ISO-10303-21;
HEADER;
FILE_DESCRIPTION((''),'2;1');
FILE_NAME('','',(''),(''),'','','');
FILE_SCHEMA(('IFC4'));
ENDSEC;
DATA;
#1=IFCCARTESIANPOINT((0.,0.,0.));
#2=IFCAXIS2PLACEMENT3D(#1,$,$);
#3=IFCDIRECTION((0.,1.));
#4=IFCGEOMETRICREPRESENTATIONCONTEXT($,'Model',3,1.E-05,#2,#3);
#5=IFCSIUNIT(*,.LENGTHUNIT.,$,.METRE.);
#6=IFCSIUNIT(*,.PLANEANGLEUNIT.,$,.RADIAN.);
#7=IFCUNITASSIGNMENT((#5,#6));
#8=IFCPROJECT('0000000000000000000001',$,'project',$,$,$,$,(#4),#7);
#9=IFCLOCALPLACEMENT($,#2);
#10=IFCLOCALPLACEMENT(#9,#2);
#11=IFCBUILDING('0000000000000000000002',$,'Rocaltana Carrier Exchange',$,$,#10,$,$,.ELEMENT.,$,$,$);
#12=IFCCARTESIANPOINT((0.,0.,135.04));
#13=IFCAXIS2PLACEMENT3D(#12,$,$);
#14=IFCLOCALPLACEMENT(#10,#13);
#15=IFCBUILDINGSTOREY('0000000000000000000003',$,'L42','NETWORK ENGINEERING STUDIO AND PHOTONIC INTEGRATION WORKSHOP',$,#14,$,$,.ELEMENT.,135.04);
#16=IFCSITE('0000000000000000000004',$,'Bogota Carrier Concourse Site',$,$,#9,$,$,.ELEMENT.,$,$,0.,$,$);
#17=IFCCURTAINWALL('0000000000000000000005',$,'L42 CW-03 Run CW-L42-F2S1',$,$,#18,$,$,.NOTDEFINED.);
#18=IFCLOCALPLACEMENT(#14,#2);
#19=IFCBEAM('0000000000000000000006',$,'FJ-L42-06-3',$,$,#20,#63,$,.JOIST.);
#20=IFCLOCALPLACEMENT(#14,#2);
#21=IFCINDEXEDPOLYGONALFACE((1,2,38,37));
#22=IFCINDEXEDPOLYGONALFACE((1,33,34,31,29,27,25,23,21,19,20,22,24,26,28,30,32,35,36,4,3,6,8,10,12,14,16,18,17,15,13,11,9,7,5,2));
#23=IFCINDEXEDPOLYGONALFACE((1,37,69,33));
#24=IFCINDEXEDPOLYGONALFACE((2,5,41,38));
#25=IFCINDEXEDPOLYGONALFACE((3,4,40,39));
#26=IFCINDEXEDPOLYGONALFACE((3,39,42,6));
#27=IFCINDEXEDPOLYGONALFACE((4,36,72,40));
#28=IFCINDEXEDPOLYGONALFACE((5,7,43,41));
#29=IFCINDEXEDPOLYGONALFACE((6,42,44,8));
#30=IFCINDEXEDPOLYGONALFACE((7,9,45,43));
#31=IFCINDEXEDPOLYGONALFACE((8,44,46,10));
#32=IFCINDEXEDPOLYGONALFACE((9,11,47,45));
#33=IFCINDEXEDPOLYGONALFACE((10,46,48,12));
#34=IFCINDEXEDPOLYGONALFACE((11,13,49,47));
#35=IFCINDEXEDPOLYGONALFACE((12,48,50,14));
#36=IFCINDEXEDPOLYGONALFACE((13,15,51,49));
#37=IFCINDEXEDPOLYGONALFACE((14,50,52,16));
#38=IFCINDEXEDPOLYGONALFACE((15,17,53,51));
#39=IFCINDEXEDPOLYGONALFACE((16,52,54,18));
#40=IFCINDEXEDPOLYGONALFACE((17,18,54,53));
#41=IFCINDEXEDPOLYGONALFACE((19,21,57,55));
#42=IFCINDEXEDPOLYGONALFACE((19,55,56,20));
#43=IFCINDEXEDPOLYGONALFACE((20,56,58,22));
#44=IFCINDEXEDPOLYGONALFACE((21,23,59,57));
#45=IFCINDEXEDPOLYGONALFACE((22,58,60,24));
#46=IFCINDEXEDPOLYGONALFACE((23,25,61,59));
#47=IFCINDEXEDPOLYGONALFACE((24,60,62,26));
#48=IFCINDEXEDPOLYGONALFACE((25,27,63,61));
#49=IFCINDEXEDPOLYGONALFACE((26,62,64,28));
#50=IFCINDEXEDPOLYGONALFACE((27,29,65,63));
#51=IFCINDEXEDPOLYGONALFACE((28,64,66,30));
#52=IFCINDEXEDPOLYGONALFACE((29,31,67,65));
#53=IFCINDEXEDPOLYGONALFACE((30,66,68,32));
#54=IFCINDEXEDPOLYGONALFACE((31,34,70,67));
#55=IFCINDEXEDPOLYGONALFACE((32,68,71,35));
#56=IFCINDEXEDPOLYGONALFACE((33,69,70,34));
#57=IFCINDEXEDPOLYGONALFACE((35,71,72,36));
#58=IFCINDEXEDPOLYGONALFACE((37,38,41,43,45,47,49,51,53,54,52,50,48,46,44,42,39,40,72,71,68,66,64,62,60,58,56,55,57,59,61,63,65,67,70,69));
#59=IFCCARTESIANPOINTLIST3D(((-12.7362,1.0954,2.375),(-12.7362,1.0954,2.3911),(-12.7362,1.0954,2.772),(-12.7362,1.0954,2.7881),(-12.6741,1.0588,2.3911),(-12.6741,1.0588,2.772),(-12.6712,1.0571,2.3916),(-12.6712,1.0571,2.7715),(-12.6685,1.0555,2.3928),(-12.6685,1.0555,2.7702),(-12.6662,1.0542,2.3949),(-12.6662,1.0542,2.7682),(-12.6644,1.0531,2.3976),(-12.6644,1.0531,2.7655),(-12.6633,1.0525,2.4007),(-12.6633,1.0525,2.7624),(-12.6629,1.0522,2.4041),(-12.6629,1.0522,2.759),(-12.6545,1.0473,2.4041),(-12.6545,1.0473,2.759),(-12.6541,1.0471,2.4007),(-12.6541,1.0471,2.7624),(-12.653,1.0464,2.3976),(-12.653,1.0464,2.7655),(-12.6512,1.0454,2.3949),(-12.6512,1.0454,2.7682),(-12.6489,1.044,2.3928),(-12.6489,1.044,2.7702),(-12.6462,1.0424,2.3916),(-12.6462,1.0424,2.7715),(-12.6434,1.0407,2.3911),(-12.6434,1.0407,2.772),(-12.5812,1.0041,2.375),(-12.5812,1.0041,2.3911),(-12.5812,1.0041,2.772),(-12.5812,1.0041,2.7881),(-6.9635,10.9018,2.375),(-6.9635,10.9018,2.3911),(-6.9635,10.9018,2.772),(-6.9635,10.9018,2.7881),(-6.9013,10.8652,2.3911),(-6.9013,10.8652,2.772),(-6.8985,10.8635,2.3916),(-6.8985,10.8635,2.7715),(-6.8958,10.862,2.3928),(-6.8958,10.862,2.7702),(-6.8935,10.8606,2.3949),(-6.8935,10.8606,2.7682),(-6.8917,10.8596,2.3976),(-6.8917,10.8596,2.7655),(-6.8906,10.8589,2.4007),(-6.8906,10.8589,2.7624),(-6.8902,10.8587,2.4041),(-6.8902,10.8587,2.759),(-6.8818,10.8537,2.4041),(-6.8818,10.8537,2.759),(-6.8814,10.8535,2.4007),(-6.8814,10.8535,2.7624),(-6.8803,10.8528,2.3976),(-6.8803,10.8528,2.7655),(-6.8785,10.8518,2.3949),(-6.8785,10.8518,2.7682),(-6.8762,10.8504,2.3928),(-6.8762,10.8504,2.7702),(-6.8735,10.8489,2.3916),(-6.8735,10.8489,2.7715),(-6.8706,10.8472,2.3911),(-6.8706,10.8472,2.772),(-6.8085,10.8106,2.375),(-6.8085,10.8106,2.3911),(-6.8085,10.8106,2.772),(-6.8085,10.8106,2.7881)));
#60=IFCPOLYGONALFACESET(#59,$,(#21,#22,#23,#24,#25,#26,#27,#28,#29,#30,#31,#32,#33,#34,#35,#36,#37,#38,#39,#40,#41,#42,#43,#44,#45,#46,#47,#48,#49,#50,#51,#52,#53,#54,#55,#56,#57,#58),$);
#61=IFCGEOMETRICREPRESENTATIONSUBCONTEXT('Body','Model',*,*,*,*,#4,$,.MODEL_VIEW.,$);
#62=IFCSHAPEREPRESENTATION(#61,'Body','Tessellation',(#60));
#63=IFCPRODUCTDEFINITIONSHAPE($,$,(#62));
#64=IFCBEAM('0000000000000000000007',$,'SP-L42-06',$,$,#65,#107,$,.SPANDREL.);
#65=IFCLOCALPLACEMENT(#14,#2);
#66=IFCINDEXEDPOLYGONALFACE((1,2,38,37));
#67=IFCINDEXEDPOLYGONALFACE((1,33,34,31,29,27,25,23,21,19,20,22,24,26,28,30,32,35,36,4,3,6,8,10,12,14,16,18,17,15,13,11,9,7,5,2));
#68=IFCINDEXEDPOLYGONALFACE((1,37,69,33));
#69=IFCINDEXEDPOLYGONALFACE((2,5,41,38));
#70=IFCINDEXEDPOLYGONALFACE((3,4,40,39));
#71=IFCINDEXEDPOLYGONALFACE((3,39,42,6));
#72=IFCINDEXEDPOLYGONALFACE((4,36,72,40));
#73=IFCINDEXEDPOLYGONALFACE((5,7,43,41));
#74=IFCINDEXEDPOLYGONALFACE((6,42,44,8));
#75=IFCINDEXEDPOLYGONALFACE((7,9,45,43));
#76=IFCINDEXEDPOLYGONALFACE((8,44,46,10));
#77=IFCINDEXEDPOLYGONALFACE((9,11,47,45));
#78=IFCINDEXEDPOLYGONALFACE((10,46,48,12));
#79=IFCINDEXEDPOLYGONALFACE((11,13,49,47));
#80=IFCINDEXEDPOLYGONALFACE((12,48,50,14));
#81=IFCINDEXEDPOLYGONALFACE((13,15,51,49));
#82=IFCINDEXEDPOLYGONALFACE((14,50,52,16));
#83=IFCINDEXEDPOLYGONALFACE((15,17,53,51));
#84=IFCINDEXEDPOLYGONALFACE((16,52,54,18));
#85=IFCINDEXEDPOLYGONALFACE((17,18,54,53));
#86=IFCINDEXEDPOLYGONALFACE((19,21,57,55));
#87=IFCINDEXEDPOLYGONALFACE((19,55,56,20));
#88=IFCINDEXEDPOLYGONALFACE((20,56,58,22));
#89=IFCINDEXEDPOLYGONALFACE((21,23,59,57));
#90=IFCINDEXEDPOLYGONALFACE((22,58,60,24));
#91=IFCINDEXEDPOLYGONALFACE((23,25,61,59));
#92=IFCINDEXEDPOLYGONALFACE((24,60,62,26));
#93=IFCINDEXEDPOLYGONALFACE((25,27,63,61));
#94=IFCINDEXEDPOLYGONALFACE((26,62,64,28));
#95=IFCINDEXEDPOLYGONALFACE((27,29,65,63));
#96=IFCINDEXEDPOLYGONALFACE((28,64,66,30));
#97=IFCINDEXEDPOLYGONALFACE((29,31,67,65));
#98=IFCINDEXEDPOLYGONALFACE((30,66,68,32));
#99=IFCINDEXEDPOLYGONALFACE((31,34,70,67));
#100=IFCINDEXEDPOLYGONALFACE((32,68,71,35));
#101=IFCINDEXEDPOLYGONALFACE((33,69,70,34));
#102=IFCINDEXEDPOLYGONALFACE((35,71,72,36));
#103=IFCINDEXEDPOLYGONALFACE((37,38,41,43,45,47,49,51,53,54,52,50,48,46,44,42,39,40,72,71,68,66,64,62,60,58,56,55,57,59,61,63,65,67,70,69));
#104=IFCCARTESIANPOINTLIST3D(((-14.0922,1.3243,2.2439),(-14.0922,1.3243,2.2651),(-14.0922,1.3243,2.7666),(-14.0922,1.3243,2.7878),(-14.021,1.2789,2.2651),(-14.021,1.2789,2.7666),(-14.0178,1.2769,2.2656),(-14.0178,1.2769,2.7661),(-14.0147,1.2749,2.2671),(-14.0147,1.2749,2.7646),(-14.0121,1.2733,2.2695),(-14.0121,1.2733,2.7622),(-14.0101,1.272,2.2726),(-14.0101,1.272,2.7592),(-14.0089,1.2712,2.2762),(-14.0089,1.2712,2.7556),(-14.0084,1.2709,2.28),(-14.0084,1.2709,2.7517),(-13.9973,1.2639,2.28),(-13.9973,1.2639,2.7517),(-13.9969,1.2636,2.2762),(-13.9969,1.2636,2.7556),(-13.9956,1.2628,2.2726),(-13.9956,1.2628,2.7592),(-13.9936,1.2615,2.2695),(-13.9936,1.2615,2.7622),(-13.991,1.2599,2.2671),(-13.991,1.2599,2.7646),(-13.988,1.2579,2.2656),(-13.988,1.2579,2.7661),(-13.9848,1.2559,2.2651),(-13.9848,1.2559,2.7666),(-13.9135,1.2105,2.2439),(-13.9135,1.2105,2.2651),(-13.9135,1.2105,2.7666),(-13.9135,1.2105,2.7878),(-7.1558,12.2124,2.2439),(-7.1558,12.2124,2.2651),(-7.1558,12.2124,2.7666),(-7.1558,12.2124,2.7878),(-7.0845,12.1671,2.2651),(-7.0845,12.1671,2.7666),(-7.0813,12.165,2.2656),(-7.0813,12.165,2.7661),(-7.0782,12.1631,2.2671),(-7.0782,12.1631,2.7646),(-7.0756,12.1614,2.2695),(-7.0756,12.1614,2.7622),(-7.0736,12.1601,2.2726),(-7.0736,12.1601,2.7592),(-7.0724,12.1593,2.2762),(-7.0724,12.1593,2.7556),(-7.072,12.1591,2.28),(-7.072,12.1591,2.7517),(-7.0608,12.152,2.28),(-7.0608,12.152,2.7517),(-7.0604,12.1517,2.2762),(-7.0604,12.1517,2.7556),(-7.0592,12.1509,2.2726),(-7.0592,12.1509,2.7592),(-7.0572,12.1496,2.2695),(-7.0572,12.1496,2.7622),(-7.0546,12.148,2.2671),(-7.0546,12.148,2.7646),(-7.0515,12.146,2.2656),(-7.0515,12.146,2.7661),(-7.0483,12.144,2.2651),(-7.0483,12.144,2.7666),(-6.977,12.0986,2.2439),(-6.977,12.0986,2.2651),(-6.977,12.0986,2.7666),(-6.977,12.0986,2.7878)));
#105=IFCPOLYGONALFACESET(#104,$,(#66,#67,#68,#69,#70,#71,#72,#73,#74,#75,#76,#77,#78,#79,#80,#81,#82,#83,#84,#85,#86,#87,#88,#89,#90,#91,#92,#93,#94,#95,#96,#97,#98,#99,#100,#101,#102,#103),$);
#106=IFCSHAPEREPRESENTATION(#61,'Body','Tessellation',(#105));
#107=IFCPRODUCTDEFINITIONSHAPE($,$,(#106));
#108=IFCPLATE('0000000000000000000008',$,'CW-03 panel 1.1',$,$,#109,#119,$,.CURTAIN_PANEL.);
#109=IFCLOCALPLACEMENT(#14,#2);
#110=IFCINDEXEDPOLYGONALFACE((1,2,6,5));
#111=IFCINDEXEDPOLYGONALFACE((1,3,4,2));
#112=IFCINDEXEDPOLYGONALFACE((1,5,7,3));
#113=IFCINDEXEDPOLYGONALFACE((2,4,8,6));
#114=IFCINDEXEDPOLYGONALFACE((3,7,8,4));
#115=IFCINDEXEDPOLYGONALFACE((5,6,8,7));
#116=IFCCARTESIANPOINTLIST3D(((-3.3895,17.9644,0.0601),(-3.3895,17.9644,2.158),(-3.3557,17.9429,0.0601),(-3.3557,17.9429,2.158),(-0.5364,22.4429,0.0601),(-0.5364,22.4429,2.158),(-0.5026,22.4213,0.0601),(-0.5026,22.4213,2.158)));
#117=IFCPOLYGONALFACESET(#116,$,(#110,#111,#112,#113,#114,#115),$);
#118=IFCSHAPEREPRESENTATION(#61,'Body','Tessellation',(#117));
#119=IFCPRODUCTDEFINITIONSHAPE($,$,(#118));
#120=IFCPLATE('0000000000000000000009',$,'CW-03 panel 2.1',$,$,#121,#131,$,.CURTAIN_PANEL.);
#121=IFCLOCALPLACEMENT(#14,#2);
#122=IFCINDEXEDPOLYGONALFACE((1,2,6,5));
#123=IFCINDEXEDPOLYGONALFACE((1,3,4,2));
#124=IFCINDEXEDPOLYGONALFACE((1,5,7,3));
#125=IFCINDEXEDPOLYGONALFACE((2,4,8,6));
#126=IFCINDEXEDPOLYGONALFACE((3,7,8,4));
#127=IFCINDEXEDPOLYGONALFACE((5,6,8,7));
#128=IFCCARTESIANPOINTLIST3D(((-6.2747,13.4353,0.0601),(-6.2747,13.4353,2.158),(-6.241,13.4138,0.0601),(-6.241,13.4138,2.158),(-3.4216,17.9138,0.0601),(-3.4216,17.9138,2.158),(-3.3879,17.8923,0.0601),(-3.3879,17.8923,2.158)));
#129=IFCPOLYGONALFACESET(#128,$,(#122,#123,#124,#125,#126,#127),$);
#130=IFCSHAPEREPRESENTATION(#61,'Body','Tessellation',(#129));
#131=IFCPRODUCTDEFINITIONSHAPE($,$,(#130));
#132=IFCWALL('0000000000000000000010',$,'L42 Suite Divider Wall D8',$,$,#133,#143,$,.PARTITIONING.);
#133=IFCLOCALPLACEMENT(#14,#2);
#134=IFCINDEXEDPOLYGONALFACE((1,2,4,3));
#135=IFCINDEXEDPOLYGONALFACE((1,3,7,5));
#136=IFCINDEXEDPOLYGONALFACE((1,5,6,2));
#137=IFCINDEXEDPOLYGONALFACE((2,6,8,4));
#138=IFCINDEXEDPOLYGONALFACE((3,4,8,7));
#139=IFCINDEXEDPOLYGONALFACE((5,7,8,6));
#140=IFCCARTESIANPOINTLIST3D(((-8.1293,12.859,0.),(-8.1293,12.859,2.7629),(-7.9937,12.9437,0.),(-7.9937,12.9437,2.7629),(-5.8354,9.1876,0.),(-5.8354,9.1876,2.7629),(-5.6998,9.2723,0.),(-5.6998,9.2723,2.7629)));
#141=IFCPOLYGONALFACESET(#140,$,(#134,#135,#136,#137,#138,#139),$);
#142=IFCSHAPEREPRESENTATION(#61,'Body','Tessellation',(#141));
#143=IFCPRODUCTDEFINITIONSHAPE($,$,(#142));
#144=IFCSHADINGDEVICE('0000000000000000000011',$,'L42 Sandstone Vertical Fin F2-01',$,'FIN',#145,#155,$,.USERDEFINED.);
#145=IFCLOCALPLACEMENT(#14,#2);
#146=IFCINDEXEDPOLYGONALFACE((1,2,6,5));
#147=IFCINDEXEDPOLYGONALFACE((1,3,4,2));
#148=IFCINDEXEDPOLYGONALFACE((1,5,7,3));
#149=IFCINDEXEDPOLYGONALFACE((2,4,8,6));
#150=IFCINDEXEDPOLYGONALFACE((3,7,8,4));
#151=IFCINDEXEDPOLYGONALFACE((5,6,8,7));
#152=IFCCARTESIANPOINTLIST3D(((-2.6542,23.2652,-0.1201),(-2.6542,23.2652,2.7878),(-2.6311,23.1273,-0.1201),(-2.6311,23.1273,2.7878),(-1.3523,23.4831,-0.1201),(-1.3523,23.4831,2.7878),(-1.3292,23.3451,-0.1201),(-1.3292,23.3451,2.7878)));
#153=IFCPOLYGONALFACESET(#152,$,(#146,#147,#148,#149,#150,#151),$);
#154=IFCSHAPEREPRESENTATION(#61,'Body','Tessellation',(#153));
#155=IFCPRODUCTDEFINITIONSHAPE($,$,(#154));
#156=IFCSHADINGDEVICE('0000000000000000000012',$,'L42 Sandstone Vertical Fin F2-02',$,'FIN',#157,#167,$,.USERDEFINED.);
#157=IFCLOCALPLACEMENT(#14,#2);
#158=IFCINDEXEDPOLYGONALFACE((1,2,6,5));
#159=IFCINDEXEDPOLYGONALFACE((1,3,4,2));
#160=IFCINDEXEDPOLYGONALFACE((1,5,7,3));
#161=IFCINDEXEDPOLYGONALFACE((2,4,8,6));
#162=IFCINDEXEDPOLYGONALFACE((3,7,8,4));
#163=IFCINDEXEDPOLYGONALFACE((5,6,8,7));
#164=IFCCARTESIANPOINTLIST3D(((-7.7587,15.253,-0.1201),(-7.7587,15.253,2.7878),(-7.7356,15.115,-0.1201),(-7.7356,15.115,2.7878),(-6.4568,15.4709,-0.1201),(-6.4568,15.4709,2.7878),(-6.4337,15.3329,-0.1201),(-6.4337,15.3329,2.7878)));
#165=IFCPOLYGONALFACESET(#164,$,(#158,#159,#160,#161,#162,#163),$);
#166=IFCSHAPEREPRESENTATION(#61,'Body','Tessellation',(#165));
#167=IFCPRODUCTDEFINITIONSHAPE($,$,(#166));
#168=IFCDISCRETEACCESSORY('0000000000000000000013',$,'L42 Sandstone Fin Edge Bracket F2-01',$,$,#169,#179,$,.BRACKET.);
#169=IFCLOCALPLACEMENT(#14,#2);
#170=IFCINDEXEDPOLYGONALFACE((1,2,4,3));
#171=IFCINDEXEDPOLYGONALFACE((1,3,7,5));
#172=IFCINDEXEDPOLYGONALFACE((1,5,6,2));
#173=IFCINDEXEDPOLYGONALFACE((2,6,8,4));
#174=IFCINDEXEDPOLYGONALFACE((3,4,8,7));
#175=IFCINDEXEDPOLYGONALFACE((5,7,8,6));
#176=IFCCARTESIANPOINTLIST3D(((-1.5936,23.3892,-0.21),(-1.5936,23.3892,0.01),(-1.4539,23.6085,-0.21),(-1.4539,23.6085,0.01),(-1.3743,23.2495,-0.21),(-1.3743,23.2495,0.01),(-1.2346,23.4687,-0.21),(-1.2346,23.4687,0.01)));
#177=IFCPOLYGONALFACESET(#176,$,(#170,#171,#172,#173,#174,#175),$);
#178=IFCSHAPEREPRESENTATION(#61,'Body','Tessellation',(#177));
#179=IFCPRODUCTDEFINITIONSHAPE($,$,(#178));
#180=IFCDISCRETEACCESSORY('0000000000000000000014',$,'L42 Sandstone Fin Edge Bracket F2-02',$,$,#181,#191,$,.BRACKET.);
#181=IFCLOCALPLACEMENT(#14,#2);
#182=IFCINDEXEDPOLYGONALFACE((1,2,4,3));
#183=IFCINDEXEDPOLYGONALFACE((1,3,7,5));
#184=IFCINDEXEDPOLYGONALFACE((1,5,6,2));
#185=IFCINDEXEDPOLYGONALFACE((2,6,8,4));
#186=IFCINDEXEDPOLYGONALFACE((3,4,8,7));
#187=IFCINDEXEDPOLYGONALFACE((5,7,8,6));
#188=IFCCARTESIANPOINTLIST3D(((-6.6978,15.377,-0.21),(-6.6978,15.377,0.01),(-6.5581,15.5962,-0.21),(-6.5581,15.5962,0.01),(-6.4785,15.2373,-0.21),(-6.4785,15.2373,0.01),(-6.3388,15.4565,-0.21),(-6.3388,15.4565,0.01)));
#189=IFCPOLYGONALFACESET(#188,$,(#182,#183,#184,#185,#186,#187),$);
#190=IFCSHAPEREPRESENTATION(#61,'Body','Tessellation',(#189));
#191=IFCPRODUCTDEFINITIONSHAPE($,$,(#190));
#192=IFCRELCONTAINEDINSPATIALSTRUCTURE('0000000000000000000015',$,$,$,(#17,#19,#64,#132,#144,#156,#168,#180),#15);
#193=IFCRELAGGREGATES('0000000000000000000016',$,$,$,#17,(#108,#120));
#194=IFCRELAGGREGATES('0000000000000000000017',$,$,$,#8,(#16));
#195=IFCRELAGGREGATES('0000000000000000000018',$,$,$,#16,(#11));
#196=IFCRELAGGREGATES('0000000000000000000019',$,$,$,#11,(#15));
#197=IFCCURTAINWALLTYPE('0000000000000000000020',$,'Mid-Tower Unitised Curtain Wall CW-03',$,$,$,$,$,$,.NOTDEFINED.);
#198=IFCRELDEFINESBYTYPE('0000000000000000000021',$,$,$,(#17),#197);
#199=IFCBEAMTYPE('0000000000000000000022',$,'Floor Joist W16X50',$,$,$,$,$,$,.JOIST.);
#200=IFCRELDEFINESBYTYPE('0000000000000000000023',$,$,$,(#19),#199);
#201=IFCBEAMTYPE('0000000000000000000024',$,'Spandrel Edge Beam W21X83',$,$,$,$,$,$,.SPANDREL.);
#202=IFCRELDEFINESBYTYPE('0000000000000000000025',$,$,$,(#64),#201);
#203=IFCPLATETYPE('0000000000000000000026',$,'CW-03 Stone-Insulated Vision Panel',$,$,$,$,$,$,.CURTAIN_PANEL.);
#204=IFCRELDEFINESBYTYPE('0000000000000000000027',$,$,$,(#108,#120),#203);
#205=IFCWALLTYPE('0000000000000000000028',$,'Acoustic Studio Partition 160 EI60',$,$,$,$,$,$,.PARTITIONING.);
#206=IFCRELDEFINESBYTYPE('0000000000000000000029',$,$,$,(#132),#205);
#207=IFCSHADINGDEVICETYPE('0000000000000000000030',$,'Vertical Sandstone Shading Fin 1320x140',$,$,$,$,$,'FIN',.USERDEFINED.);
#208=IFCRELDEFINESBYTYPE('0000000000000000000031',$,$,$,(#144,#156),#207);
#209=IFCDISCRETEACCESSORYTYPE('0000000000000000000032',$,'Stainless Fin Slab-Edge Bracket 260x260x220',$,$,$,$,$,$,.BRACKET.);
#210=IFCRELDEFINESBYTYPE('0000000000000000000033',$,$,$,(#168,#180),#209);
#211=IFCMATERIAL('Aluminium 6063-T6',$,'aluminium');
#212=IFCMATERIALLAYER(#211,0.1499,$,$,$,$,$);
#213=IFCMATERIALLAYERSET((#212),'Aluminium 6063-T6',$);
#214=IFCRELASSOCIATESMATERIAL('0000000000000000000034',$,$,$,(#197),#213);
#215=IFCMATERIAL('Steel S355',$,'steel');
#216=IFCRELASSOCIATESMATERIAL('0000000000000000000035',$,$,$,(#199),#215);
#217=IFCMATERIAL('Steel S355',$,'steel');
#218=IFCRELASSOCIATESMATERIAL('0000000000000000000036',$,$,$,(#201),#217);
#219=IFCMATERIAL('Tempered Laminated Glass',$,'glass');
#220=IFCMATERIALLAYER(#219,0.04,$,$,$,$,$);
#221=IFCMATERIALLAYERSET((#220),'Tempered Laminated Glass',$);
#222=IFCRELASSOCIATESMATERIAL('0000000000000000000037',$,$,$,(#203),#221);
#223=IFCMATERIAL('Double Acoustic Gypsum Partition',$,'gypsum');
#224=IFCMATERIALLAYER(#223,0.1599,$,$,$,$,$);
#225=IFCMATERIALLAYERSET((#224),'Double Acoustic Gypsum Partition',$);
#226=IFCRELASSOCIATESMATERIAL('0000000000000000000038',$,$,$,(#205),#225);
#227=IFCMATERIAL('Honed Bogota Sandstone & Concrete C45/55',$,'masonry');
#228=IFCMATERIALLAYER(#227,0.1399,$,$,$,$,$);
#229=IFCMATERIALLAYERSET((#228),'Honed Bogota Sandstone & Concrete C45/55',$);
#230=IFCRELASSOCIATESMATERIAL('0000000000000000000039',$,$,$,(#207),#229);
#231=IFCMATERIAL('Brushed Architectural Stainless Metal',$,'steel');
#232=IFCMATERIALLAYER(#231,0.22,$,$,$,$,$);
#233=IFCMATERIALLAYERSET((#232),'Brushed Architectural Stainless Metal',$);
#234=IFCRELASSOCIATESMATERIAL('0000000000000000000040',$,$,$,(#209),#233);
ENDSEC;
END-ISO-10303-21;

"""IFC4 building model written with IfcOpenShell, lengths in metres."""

from ifc_helpers import new_model, si_unit, direction, frame, frame_2d, origin, origin_2d, place, context, subcontext, project, spatial, rectangle, i_section, extrude, material, layer, layer_set, material_profile, profile_set, type_object, element, aggregate, save


model = new_model("IFC4")

# Units and contexts
model_context = context("Model", 3, precision=1e-05, world=origin(), true_north=direction((0.0, 1.0)))
body_context = subcontext(model_context, "Body", "Model", "MODEL_VIEW")
ifc_project = project(units=[si_unit("LENGTHUNIT", "METRE"), si_unit("PLANEANGLEUNIT", "RADIAN")], contexts=[model_context])

# Site, building, storey
site_placement = place(None, origin())
site = spatial("IfcSite", under=ifc_project, at=site_placement, Name="Bogota Carrier Concourse Site", CompositionType="ELEMENT", RefElevation=0.0)
building_placement = place(site_placement, origin())
building = spatial("IfcBuilding", under=site, at=building_placement, Name="Rocaltana Carrier Exchange", CompositionType="ELEMENT")
storey_placement = place(building_placement, frame((0.0, 0.0, 135.04)))
storey = spatial("IfcBuildingStorey", under=building, at=storey_placement, Name="L42", Description="NETWORK ENGINEERING STUDIO AND PHOTONIC INTEGRATION WORKSHOP", CompositionType="ELEMENT", Elevation=135.04)

# Curtain wall
ifc_material_1 = material(Name="Aluminium 6063-T6", Category="aluminium")
ifc_layer_1 = layer(ifc_material_1, 0.1499)
ifc_layer_set_1 = layer_set([ifc_layer_1], Name="Aluminium 6063-T6")
curtain_wall_type = type_object("IfcCurtainWallType", Name="Mid-Tower Unitised Curtain Wall CW-03", PredefinedType="NOTDEFINED", material=ifc_layer_set_1)
curtain_wall_1_placement = place(storey_placement, origin())
curtain_wall_1 = element("IfcCurtainWall", 1, at=curtain_wall_1_placement, inside=storey, type_object=curtain_wall_type, Name="L42 CW-03 Run CW-L42-F2S1", PredefinedType="NOTDEFINED")

# Beams
ifc_material_2 = material(Name="Steel S355", Category="steel")
ifc_material_profile_1 = material_profile(ifc_material_2, i_section(OverallWidth=0.1799, OverallDepth=0.4131, WebThickness=0.0098, FlangeThickness=0.0161, FilletRadius=0.0129, at=origin_2d()), Name="W16X50")
ifc_profile_set_1 = profile_set([ifc_material_profile_1], Name="Steel S355")
beam_type_1 = type_object("IfcBeamType", Name="Floor Joist W16X50", PredefinedType="JOIST", material=ifc_profile_set_1)
beam_1_placement = place(storey_placement, frame((-6.886, 10.8562, 2.5815), z_axis=(-0.507297, -0.861771, 0.0), x_axis=(0.861771, -0.507297, 0.0)))
element("IfcBeam", 2, at=beam_1_placement, inside=storey, type_object=beam_type_1, Name="FJ-L42-06-3", PredefinedType="JOIST", context=body_context, shape_type="SweptSolid", body=[
    extrude(i_section(OverallWidth=0.1799, OverallDepth=0.4131, WebThickness=0.0098, FlangeThickness=0.0161, FilletRadius=0.0129, at=origin_2d()), origin(), (0.0, 0.0, 1.0), 11.3794),
])
ifc_material_3 = material(Name="Steel S355", Category="steel")
ifc_material_profile_2 = material_profile(ifc_material_3, i_section(OverallWidth=0.2119, OverallDepth=0.5439, WebThickness=0.0132, FlangeThickness=0.0212, FilletRadius=0.0149, at=origin_2d()), Name="W21X83")
ifc_profile_set_2 = profile_set([ifc_material_profile_2], Name="Steel S355")
beam_type_2 = type_object("IfcBeamType", Name="Spandrel Edge Beam W21X83", PredefinedType="SPANDREL", material=ifc_profile_set_2)
beam_2_placement = place(storey_placement, frame((-7.0664, 12.1555, 2.5159), z_axis=(-0.537299, -0.843392, 0.0), x_axis=(0.843392, -0.537299, 0.0)))
element("IfcBeam", 3, at=beam_2_placement, inside=storey, type_object=beam_type_2, Name="SP-L42-06", PredefinedType="SPANDREL", context=body_context, shape_type="SweptSolid", body=[
    extrude(i_section(OverallWidth=0.2119, OverallDepth=0.5439, WebThickness=0.0132, FlangeThickness=0.0212, FilletRadius=0.0149, at=origin_2d()), origin(), (0.0, 0.0, 1.0), 12.9099),
])

# Plates
ifc_material_4 = material(Name="Tempered Laminated Glass", Category="glass")
ifc_layer_2 = layer(ifc_material_4, 0.04)
ifc_layer_set_2 = layer_set([ifc_layer_2], Name="Tempered Laminated Glass")
plate_type = type_object("IfcPlateType", Name="CW-03 Stone-Insulated Vision Panel", PredefinedType="CURTAIN_PANEL", material=ifc_layer_set_2)
plate_1_placement = place(storey_placement, frame((-1.946, 20.1929, 0.0601), z_axis=(0.0, 0.0, 1.0), x_axis=(-0.537301, -0.843391, 0.0)))
plate_1 = element("IfcPlate", 4, at=plate_1_placement, type_object=plate_type, Name="CW-03 panel 1.1", PredefinedType="CURTAIN_PANEL", context=body_context, shape_type="SweptSolid", body=[
    extrude(rectangle(XDim=5.3101, YDim=0.04, at=origin_2d()), origin(), (0.0, 0.0, 1.0), 2.0979),
])
plate_2_placement = place(storey_placement, frame((-4.8313, 15.6638, 0.0601), z_axis=(0.0, 0.0, 1.0), x_axis=(-0.537301, -0.843391, 0.0)))
plate_2 = element("IfcPlate", 5, at=plate_2_placement, type_object=plate_type, Name="CW-03 panel 2.1", PredefinedType="CURTAIN_PANEL", context=body_context, shape_type="SweptSolid", body=[
    extrude(rectangle(XDim=5.3101, YDim=0.04, at=origin_2d()), origin(), (0.0, 0.0, 1.0), 2.0979),
])
aggregate(curtain_wall_1, [plate_1, plate_2])

# Wall
ifc_material_5 = material(Name="Double Acoustic Gypsum Partition", Category="gypsum")
ifc_layer_3 = layer(ifc_material_5, 0.1599)
ifc_layer_set_3 = layer_set([ifc_layer_3], Name="Double Acoustic Gypsum Partition")
wall_type = type_object("IfcWallType", Name="Acoustic Studio Partition 160 EI60", PredefinedType="PARTITIONING", material=ifc_layer_set_3)
wall_placement = place(storey_placement, frame((-5.7676, 9.23, 0.0), z_axis=(0.0, 0.0, 1.0), x_axis=(-0.529887, 0.848068, 0.0)))
element("IfcWall", 6, at=wall_placement, inside=storey, type_object=wall_type, Name="L42 Suite Divider Wall D8", PredefinedType="PARTITIONING", context=body_context, shape_type="SweptSolid", body=[
    extrude(rectangle(XDim=4.3291, YDim=0.1599, at=frame_2d((2.1646, 0.0))), origin(), (0.0, 0.0, 1.0), 2.7629),
])

# Shading devices
ifc_material_6 = material(Name="Honed Bogota Sandstone & Concrete C45/55", Category="masonry")
ifc_layer_4 = layer(ifc_material_6, 0.1399)
ifc_layer_set_4 = layer_set([ifc_layer_4], Name="Honed Bogota Sandstone & Concrete C45/55")
shading_device_type = type_object("IfcShadingDeviceType", Name="Vertical Sandstone Shading Fin 1320x140", ElementType="FIN", PredefinedType="USERDEFINED", material=ifc_layer_set_4)
for number, where, z_axis, x_axis, name in (
    (7, (-1.9917, 23.3052, -0.1201), (0.0, 0.0, 1.0), (-0.986286, -0.165048, 0.0), "L42 Sandstone Vertical Fin F2-01"),
    (8, (-7.0962, 15.293, -0.1201), (0.0, 0.0, 1.0), (-0.986286, -0.165048, 0.0), "L42 Sandstone Vertical Fin F2-02"),
):
    element("IfcShadingDevice", number, at=place(storey_placement, frame(where, z_axis=z_axis, x_axis=x_axis)), inside=storey, type_object=shading_device_type, Name=name, ObjectType="FIN", PredefinedType="USERDEFINED", context=body_context, shape_type="SweptSolid", body=[
        extrude(rectangle(XDim=1.3201, YDim=0.1399, at=origin_2d()), origin(), (0.0, 0.0, 1.0), 2.908),
    ])

# Discrete accessories
ifc_material_7 = material(Name="Brushed Architectural Stainless Metal", Category="steel")
ifc_layer_5 = layer(ifc_material_7, 0.22)
ifc_layer_set_5 = layer_set([ifc_layer_5], Name="Brushed Architectural Stainless Metal")
discrete_accessory_type = type_object("IfcDiscreteAccessoryType", Name="Stainless Fin Slab-Edge Bracket 260x260x220", PredefinedType="BRACKET", material=ifc_layer_set_5)
for number, where, z_axis, x_axis, name in (
    (9, (-1.4141, 23.429, -0.21), (0.0, 0.0, 1.0), (-0.5373, -0.843391, 0.0), "L42 Sandstone Fin Edge Bracket F2-01"),
    (10, (-6.5183, 15.4167, -0.21), (0.0, 0.0, 1.0), (-0.5373, -0.843391, 0.0), "L42 Sandstone Fin Edge Bracket F2-02"),
):
    element("IfcDiscreteAccessory", number, at=place(storey_placement, frame(where, z_axis=z_axis, x_axis=x_axis)), inside=storey, type_object=discrete_accessory_type, Name=name, PredefinedType="BRACKET", context=body_context, shape_type="SweptSolid", body=[
        extrude(rectangle(XDim=0.26, YDim=0.26, at=origin_2d()), origin(), (0.0, 0.0, 1.0), 0.22),
    ])

save(model, "model.ifc")
